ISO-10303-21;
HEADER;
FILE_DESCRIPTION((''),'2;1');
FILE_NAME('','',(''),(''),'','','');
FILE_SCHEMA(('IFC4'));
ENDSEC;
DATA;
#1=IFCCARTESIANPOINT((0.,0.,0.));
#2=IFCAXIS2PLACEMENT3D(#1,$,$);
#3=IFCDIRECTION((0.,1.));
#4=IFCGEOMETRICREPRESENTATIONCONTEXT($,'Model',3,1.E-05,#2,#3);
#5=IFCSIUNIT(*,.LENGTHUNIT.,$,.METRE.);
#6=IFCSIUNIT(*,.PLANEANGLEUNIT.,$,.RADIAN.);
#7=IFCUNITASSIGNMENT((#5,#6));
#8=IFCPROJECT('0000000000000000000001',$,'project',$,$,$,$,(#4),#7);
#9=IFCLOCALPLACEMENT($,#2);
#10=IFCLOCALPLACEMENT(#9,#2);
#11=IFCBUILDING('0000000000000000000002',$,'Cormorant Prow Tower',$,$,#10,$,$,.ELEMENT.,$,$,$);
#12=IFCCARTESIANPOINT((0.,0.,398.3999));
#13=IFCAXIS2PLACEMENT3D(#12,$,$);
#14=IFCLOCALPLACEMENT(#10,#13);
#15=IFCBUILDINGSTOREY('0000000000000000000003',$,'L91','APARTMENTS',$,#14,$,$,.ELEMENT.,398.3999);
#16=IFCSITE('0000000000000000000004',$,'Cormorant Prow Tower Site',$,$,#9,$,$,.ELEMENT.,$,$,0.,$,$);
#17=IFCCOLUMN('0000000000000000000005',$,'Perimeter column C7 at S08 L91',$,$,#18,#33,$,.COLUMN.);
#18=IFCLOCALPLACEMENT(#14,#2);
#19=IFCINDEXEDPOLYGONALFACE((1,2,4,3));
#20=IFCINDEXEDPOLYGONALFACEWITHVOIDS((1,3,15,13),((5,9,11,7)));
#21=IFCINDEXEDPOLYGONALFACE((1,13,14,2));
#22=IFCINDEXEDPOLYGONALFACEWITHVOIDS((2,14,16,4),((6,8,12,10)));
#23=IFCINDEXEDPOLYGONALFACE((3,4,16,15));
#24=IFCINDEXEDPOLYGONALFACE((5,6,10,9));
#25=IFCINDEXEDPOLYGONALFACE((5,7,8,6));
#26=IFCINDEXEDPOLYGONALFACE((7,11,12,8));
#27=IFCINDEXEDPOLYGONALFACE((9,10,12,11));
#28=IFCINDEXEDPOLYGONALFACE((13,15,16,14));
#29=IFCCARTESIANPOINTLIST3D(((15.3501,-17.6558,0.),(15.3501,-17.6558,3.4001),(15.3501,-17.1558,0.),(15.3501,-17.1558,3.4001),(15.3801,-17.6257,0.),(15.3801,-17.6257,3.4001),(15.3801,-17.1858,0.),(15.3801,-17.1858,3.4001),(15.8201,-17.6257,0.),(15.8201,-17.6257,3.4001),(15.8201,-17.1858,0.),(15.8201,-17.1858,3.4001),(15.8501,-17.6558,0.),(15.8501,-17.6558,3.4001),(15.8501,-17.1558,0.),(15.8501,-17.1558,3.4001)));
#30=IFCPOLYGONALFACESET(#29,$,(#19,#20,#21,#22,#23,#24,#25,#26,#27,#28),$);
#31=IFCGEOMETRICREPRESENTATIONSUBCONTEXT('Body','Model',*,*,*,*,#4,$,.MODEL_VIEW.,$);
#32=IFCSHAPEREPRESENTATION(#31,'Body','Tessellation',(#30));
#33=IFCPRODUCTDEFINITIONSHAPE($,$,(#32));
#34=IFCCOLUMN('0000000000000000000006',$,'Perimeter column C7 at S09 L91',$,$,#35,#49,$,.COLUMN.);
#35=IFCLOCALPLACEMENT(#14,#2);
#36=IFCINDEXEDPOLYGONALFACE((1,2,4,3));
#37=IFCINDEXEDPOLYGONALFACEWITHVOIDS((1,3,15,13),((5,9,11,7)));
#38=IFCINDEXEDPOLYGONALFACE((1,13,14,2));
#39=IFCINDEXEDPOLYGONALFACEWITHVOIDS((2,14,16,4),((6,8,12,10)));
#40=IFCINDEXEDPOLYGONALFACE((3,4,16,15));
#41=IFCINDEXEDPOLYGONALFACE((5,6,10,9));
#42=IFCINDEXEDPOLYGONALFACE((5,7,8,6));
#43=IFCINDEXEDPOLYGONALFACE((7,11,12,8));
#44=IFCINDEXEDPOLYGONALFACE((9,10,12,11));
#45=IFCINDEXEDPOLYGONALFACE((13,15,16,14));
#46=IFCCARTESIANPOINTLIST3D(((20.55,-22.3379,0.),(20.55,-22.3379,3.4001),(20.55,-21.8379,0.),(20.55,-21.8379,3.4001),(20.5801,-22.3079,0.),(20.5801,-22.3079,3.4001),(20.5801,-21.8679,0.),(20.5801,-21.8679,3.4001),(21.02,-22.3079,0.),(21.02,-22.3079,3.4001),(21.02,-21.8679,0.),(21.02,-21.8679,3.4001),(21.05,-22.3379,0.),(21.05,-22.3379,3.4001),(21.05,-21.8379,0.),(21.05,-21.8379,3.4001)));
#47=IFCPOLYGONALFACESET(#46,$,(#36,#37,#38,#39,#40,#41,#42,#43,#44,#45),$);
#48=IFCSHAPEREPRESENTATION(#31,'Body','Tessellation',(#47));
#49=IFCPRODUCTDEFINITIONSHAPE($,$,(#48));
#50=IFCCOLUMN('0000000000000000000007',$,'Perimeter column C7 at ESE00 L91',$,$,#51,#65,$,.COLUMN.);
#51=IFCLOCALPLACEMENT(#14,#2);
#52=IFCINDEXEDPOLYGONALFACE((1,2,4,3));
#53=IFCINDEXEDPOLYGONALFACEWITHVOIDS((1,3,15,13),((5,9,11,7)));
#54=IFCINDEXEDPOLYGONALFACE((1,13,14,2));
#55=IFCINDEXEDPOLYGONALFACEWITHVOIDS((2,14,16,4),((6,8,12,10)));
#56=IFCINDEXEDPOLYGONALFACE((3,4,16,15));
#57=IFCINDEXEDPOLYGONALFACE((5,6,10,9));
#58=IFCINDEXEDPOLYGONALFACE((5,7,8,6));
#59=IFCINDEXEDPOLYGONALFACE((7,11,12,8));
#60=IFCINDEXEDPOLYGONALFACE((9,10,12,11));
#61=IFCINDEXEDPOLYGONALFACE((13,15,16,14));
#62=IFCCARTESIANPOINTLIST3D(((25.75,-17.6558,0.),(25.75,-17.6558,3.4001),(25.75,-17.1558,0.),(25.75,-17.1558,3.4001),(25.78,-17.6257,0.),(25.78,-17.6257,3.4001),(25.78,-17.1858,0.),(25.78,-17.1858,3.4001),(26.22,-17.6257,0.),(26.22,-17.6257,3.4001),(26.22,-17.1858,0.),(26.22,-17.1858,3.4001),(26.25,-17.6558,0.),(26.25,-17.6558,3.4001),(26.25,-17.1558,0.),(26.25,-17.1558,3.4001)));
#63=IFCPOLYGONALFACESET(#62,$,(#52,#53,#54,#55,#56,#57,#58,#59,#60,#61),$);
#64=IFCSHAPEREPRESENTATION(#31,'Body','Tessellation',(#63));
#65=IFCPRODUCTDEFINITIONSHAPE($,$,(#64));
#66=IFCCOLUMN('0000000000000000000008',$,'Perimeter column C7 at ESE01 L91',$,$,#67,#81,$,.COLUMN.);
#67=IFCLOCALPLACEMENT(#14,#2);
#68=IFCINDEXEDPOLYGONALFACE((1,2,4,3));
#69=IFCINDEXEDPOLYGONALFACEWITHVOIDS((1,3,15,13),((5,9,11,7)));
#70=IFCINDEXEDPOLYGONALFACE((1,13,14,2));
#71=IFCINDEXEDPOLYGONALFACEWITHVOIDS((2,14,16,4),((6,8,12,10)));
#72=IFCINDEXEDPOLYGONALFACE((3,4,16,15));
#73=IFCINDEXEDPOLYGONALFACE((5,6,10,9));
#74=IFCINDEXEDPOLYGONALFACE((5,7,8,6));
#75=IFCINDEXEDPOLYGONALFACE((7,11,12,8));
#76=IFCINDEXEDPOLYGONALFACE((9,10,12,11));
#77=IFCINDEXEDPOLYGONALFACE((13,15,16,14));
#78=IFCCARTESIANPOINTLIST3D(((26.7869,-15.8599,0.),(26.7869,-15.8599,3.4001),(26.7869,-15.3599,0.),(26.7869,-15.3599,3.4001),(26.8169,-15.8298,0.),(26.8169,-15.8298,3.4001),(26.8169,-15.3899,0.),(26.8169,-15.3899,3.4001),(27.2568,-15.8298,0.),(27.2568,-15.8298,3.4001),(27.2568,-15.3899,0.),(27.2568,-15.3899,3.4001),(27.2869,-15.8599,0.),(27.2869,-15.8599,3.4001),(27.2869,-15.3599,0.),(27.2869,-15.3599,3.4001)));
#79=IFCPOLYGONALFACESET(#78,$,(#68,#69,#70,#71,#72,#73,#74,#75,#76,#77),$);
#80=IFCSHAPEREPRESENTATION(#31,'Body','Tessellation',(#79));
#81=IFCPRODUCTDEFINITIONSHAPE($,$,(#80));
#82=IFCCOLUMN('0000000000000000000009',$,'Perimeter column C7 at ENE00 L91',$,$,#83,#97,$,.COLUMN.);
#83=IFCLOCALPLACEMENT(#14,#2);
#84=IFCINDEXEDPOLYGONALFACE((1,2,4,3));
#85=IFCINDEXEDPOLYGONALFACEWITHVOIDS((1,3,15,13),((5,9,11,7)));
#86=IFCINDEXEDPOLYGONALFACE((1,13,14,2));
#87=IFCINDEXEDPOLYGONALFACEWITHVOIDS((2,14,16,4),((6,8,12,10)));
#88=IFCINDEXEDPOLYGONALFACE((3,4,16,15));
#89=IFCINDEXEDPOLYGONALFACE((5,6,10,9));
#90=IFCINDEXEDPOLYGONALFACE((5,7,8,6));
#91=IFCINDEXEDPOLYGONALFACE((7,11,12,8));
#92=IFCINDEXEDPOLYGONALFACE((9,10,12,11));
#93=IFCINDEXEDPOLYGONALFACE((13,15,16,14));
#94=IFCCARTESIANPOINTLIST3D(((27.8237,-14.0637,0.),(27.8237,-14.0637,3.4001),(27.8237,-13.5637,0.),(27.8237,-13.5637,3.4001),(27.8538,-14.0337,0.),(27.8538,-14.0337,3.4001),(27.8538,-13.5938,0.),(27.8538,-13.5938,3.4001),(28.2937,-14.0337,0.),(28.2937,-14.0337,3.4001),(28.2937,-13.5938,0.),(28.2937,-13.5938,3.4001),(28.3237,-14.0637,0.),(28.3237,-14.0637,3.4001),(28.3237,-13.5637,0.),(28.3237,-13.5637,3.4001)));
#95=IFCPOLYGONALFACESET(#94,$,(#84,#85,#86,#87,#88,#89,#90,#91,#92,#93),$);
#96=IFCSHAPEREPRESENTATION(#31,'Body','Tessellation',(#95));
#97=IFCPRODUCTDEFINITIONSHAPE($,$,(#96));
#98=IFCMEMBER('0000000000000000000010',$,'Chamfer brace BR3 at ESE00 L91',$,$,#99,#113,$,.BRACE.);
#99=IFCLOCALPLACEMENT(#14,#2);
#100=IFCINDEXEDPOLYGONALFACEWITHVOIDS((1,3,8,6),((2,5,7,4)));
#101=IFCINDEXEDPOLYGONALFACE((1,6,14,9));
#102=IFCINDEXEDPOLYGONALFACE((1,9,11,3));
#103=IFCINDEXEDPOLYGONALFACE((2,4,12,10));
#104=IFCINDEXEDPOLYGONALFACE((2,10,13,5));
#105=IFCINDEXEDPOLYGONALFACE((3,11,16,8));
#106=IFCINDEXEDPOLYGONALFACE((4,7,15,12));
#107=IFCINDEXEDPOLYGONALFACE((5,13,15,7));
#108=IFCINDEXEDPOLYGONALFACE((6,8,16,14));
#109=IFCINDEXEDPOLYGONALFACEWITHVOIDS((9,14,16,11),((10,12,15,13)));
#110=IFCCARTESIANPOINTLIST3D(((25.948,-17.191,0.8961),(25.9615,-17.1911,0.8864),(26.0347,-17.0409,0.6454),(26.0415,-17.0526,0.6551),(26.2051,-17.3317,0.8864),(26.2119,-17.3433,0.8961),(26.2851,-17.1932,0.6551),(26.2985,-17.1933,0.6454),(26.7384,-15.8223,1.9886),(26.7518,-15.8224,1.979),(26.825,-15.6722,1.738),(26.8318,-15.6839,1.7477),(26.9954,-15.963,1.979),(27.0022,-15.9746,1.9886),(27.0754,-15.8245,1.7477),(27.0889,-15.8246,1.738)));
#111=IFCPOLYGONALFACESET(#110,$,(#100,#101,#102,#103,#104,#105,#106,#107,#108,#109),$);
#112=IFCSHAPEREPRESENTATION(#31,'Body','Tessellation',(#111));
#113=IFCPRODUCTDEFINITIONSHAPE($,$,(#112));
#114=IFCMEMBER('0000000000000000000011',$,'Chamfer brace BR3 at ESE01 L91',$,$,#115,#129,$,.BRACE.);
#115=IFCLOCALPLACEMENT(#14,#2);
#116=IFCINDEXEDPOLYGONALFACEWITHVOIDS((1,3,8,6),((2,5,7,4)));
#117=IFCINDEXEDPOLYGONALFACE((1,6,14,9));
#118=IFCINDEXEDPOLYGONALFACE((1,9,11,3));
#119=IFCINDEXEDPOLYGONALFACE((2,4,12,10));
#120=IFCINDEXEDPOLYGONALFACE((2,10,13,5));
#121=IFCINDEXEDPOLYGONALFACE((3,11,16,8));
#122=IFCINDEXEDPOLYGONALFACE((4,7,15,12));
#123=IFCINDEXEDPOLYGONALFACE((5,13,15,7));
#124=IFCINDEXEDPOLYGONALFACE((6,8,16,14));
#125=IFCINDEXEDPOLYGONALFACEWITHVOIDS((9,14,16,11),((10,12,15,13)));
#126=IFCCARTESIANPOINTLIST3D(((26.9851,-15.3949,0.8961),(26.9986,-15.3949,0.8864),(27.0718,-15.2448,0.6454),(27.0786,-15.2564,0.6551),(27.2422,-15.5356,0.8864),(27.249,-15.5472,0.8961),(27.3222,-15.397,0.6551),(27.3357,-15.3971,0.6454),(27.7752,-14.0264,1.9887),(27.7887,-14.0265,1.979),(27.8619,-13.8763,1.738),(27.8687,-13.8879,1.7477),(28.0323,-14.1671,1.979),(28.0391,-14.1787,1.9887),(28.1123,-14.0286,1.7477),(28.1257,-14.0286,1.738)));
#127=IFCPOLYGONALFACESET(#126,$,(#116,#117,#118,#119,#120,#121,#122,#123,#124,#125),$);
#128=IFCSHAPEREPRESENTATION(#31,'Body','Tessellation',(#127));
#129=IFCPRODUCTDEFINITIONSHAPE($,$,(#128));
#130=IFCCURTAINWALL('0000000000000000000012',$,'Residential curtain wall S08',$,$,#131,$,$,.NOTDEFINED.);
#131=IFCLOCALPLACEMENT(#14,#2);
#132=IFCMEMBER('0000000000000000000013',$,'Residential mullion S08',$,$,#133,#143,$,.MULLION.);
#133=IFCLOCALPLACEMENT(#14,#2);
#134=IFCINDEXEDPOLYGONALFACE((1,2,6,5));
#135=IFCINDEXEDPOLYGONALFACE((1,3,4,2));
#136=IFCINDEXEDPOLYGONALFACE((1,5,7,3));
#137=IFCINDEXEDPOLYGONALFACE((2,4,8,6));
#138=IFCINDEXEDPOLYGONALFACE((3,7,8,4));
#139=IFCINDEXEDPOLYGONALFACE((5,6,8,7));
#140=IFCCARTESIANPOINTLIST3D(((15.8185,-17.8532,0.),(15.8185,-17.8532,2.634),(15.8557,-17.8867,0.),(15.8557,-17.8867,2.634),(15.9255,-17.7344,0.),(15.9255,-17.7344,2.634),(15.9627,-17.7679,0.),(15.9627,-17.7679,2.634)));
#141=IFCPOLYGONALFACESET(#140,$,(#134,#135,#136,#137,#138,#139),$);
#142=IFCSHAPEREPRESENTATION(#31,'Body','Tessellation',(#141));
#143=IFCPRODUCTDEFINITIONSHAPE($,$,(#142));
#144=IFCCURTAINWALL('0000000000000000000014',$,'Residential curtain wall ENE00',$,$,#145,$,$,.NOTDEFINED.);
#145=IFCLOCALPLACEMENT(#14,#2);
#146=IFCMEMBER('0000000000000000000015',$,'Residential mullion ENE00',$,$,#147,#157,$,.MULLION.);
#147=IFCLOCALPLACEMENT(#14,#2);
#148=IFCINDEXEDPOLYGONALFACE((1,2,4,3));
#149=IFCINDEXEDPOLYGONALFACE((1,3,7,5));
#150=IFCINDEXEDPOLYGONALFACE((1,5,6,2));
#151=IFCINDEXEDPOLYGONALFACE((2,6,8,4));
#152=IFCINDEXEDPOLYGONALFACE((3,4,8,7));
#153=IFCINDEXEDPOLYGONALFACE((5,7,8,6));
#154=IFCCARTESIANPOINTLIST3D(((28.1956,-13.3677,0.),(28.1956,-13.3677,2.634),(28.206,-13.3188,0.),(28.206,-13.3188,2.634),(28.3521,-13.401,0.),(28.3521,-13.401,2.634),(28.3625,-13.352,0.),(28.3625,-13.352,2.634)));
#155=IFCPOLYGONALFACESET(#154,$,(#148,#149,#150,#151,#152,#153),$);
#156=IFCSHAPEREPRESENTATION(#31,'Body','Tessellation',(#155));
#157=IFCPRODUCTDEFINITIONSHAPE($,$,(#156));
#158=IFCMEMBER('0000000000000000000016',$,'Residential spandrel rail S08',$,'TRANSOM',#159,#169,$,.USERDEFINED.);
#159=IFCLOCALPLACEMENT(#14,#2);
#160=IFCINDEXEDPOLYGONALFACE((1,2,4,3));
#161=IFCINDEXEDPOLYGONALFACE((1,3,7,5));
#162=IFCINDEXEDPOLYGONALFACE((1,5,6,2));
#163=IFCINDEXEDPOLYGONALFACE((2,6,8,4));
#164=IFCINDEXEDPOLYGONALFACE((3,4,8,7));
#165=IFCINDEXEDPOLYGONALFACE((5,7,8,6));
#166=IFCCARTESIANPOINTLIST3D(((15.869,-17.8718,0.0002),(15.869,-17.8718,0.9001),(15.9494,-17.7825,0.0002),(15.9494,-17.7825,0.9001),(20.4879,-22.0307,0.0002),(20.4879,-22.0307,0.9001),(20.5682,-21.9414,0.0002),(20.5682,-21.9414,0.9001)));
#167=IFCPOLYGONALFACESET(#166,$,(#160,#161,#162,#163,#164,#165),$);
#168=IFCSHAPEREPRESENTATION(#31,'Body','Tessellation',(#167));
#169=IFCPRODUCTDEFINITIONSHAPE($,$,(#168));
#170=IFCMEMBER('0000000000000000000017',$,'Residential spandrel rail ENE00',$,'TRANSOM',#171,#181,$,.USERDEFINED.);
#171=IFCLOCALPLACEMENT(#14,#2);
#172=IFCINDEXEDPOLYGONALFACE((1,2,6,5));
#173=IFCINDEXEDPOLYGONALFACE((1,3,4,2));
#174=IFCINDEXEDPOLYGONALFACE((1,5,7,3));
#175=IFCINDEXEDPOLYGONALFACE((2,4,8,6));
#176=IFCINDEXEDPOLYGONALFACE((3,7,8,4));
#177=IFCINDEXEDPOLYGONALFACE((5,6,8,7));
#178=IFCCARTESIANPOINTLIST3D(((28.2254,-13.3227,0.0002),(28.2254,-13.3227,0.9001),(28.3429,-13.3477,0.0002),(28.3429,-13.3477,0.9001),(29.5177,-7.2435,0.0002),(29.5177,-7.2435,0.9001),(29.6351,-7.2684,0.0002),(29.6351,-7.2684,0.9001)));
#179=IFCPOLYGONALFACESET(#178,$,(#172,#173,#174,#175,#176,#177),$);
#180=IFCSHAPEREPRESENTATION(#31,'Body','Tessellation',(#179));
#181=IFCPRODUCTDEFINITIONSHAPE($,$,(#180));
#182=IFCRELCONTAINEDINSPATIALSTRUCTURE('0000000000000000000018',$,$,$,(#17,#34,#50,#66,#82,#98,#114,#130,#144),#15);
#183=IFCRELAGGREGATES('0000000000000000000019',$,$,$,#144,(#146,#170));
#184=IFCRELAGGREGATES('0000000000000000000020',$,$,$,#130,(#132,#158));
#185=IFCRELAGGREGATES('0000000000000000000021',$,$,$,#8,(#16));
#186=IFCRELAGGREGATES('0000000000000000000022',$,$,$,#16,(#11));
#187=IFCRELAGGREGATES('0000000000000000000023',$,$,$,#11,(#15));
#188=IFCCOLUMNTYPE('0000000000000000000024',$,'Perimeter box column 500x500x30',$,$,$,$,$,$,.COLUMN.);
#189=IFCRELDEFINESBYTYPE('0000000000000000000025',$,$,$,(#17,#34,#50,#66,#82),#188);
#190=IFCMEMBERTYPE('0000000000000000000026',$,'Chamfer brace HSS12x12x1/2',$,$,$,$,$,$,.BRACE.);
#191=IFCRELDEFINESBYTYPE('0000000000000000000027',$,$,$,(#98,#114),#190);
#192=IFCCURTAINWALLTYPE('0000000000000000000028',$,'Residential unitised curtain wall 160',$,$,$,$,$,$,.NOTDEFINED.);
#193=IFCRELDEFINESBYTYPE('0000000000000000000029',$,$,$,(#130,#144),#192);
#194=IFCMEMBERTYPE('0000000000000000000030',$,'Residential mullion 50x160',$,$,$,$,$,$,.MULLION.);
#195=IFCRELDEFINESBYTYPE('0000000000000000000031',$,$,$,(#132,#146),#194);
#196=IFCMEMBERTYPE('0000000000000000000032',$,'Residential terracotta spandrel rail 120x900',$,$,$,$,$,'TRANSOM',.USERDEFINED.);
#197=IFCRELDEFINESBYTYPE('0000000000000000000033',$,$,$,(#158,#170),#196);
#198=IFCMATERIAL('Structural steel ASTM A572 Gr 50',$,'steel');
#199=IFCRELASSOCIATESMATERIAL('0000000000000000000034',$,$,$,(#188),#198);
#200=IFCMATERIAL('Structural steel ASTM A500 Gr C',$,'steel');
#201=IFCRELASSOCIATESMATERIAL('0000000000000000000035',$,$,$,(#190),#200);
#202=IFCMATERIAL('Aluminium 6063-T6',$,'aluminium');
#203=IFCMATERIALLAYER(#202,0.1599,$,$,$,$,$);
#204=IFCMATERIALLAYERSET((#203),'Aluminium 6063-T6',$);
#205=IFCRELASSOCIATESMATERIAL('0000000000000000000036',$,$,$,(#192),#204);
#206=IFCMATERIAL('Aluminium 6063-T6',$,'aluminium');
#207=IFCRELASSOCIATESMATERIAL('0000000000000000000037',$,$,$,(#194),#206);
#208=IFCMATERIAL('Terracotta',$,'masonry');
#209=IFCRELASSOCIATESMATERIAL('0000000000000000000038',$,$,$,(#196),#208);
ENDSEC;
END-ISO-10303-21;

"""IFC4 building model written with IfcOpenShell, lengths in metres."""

from ifc_helpers import new_model, si_unit, direction, frame, origin, origin_2d, place, context, subcontext, project, spatial, rectangle, hollow_rectangle, extrude, material, layer, layer_set, material_profile, profile_set, type_object, element, aggregate, save


model = new_model("IFC4")

# Units and contexts
model_context = context("Model", 3, precision=1e-05, world=origin(), true_north=direction((0.0, 1.0)))
body_context = subcontext(model_context, "Body", "Model", "MODEL_VIEW")
ifc_project = project(units=[si_unit("LENGTHUNIT", "METRE"), si_unit("PLANEANGLEUNIT", "RADIAN")], contexts=[model_context])

# Site, building, storey
site_placement = place(None, origin())
site = spatial("IfcSite", under=ifc_project, at=site_placement, Name="Cormorant Prow Tower Site", CompositionType="ELEMENT", RefElevation=0.0)
building_placement = place(site_placement, origin())
building = spatial("IfcBuilding", under=site, at=building_placement, Name="Cormorant Prow Tower", CompositionType="ELEMENT")
storey_placement = place(building_placement, frame((0.0, 0.0, 398.3999)))
storey = spatial("IfcBuildingStorey", under=building, at=storey_placement, Name="L91", Description="APARTMENTS", CompositionType="ELEMENT", Elevation=398.3999)

# Columns
ifc_material_1 = material(Name="Structural steel ASTM A572 Gr 50", Category="steel")
ifc_material_profile_1 = material_profile(ifc_material_1, hollow_rectangle(XDim=0.5, YDim=0.5, WallThickness=0.03, at=origin_2d()), Name="Box 500x500x30")
ifc_profile_set_1 = profile_set([ifc_material_profile_1], Name="Structural steel ASTM A572 Gr 50")
column_type = type_object("IfcColumnType", Name="Perimeter box column 500x500x30", PredefinedType="COLUMN", material=ifc_profile_set_1)
for number, where, z_axis, x_axis, name in (
    (1, (15.6001, -17.4058, 0.0), (0.0, 0.0, 1.0), (1.0, 0.0, 0.0), "Perimeter column C7 at S08 L91"),
    (2, (20.8, -22.0879, 0.0), (0.0, 0.0, 1.0), (1.0, 0.0, 0.0), "Perimeter column C7 at S09 L91"),
    (3, (26.0, -17.4058, 0.0), (0.0, 0.0, 1.0), (1.0, 0.0, 0.0), "Perimeter column C7 at ESE00 L91"),
    (4, (27.0369, -15.6099, 0.0), (0.0, 0.0, 1.0), (1.0, 0.0, 0.0), "Perimeter column C7 at ESE01 L91"),
    (5, (28.0737, -13.8137, 0.0), (0.0, 0.0, 1.0), (1.0, 0.0, 0.0), "Perimeter column C7 at ENE00 L91"),
):
    element("IfcColumn", number, at=place(storey_placement, frame(where, z_axis=z_axis, x_axis=x_axis)), inside=storey, type_object=column_type, Name=name, PredefinedType="COLUMN", context=body_context, shape_type="SweptSolid", body=[
        extrude(hollow_rectangle(XDim=0.5, YDim=0.5, WallThickness=0.03, at=origin_2d()), origin(), (0.0, 0.0, 1.0), 3.4001),
    ])

# Members
ifc_material_2 = material(Name="Structural steel ASTM A500 Gr C", Category="steel")
ifc_material_profile_2 = material_profile(ifc_material_2, hollow_rectangle(XDim=0.3047, YDim=0.3047, WallThickness=0.0117, at=origin_2d()), Name="HSS12x12x1/2")
ifc_profile_set_2 = profile_set([ifc_material_profile_2], Name="Structural steel ASTM A500 Gr C")
member_type_1 = type_object("IfcMemberType", Name="Chamfer brace HSS12x12x1/2", PredefinedType="BRACE", material=ifc_profile_set_2)
member_1_placement = place(storey_placement, frame((26.1233, -17.1921, 0.7708), z_axis=(0.411328, 0.712359, 0.568642), x_axis=(-0.866, 0.500043, 0.0)))
element("IfcMember", 6, at=member_1_placement, inside=storey, type_object=member_type_1, Name="Chamfer brace BR3 at ESE00 L91", PredefinedType="BRACE", context=body_context, shape_type="SweptSolid", body=[
    extrude(hollow_rectangle(XDim=0.3047, YDim=0.3047, WallThickness=0.0117, at=origin_2d()), origin(), (0.0, 0.0, 1.0), 1.9214),
])
member_2_placement = place(storey_placement, frame((27.1604, -15.396, 0.7708), z_axis=(0.41126, 0.712334, 0.568723), x_axis=(-0.866029, 0.499994, 0.0)))
element("IfcMember", 7, at=member_2_placement, inside=storey, type_object=member_type_1, Name="Chamfer brace BR3 at ESE01 L91", PredefinedType="BRACE", context=body_context, shape_type="SweptSolid", body=[
    extrude(hollow_rectangle(XDim=0.3047, YDim=0.3047, WallThickness=0.0117, at=origin_2d()), origin(), (0.0, 0.0, 1.0), 1.9211),
])

# Curtain walls, members
ifc_material_3 = material(Name="Aluminium 6063-T6", Category="aluminium")
ifc_layer_1 = layer(ifc_material_3, 0.1599)
ifc_layer_set_1 = layer_set([ifc_layer_1], Name="Aluminium 6063-T6")
curtain_wall_type = type_object("IfcCurtainWallType", Name="Residential unitised curtain wall 160", PredefinedType="NOTDEFINED", material=ifc_layer_set_1)
curtain_wall_1_placement = place(storey_placement, origin())
curtain_wall_1 = element("IfcCurtainWall", 8, at=curtain_wall_1_placement, inside=storey, type_object=curtain_wall_type, Name="Residential curtain wall S08", PredefinedType="NOTDEFINED")
ifc_material_4 = material(Name="Aluminium 6063-T6", Category="aluminium")
ifc_material_profile_3 = material_profile(ifc_material_4, rectangle(XDim=0.1599, YDim=0.05, at=origin_2d()), Name="Residential mullion 50x160")
ifc_profile_set_3 = profile_set([ifc_material_profile_3], Name="Aluminium 6063-T6")
member_type_2 = type_object("IfcMemberType", Name="Residential mullion 50x160", PredefinedType="MULLION", material=ifc_profile_set_3)
member_3_placement = place(storey_placement, frame((15.8906, -17.8105, 0.0), z_axis=(0.0, 0.0, 1.0), x_axis=(0.669131, 0.743145, 0.0)))
member_3 = element("IfcMember", 9, at=member_3_placement, type_object=member_type_2, Name="Residential mullion S08", PredefinedType="MULLION", context=body_context, shape_type="SweptSolid", body=[
    extrude(rectangle(XDim=0.1599, YDim=0.05, at=origin_2d()), origin(), (0.0, 0.0, 1.0), 2.634),
])
curtain_wall_2_placement = place(storey_placement, origin())
curtain_wall_2 = element("IfcCurtainWall", 10, at=curtain_wall_2_placement, inside=storey, type_object=curtain_wall_type, Name="Residential curtain wall ENE00", PredefinedType="NOTDEFINED")
member_4_placement = place(storey_placement, frame((28.2791, -13.3599, 0.0), z_axis=(0.0, 0.0, 1.0), x_axis=(-0.978148, 0.207912, 0.0)))
member_4 = element("IfcMember", 11, at=member_4_placement, type_object=member_type_2, Name="Residential mullion ENE00", PredefinedType="MULLION", context=body_context, shape_type="SweptSolid", body=[
    extrude(rectangle(XDim=0.1599, YDim=0.05, at=origin_2d()), origin(), (0.0, 0.0, 1.0), 2.634),
])

# Members
ifc_material_5 = material(Name="Terracotta", Category="masonry")
ifc_material_profile_4 = material_profile(ifc_material_5, rectangle(XDim=0.1201, YDim=0.8999, at=origin_2d()), Name="Residential terracotta spandrel rail 120x900")
ifc_profile_set_4 = profile_set([ifc_material_profile_4], Name="Terracotta")
member_type_3 = type_object("IfcMemberType", Name="Residential terracotta spandrel rail 120x900", ElementType="TRANSOM", PredefinedType="USERDEFINED", material=ifc_profile_set_4)
member_5_placement = place(storey_placement, frame((15.9092, -17.8271, 0.4502), z_axis=(0.74314, -0.669136, 0.0), x_axis=(0.669136, 0.74314, 0.0)))
member_5 = element("IfcMember", 12, at=member_5_placement, type_object=member_type_3, Name="Residential spandrel rail S08", ObjectType="TRANSOM", PredefinedType="USERDEFINED", context=body_context, shape_type="SweptSolid", body=[
    extrude(rectangle(XDim=0.1201, YDim=0.8999, at=origin_2d()), origin(), (0.0, 0.0, 1.0), 6.2153),
])
member_6_placement = place(storey_placement, frame((28.2842, -13.3352, 0.4502), z_axis=(0.207917, 0.978147, 0.0), x_axis=(-0.978147, 0.207917, 0.0)))
member_6 = element("IfcMember", 13, at=member_6_placement, type_object=member_type_3, Name="Residential spandrel rail ENE00", ObjectType="TRANSOM", PredefinedType="USERDEFINED", context=body_context, shape_type="SweptSolid", body=[
    extrude(rectangle(XDim=0.1201, YDim=0.8999, at=origin_2d()), origin(), (0.0, 0.0, 1.0), 6.2151),
])
aggregate(curtain_wall_2, [member_4, member_6])

aggregate(curtain_wall_1, [member_3, member_5])

save(model, "model.ifc")
